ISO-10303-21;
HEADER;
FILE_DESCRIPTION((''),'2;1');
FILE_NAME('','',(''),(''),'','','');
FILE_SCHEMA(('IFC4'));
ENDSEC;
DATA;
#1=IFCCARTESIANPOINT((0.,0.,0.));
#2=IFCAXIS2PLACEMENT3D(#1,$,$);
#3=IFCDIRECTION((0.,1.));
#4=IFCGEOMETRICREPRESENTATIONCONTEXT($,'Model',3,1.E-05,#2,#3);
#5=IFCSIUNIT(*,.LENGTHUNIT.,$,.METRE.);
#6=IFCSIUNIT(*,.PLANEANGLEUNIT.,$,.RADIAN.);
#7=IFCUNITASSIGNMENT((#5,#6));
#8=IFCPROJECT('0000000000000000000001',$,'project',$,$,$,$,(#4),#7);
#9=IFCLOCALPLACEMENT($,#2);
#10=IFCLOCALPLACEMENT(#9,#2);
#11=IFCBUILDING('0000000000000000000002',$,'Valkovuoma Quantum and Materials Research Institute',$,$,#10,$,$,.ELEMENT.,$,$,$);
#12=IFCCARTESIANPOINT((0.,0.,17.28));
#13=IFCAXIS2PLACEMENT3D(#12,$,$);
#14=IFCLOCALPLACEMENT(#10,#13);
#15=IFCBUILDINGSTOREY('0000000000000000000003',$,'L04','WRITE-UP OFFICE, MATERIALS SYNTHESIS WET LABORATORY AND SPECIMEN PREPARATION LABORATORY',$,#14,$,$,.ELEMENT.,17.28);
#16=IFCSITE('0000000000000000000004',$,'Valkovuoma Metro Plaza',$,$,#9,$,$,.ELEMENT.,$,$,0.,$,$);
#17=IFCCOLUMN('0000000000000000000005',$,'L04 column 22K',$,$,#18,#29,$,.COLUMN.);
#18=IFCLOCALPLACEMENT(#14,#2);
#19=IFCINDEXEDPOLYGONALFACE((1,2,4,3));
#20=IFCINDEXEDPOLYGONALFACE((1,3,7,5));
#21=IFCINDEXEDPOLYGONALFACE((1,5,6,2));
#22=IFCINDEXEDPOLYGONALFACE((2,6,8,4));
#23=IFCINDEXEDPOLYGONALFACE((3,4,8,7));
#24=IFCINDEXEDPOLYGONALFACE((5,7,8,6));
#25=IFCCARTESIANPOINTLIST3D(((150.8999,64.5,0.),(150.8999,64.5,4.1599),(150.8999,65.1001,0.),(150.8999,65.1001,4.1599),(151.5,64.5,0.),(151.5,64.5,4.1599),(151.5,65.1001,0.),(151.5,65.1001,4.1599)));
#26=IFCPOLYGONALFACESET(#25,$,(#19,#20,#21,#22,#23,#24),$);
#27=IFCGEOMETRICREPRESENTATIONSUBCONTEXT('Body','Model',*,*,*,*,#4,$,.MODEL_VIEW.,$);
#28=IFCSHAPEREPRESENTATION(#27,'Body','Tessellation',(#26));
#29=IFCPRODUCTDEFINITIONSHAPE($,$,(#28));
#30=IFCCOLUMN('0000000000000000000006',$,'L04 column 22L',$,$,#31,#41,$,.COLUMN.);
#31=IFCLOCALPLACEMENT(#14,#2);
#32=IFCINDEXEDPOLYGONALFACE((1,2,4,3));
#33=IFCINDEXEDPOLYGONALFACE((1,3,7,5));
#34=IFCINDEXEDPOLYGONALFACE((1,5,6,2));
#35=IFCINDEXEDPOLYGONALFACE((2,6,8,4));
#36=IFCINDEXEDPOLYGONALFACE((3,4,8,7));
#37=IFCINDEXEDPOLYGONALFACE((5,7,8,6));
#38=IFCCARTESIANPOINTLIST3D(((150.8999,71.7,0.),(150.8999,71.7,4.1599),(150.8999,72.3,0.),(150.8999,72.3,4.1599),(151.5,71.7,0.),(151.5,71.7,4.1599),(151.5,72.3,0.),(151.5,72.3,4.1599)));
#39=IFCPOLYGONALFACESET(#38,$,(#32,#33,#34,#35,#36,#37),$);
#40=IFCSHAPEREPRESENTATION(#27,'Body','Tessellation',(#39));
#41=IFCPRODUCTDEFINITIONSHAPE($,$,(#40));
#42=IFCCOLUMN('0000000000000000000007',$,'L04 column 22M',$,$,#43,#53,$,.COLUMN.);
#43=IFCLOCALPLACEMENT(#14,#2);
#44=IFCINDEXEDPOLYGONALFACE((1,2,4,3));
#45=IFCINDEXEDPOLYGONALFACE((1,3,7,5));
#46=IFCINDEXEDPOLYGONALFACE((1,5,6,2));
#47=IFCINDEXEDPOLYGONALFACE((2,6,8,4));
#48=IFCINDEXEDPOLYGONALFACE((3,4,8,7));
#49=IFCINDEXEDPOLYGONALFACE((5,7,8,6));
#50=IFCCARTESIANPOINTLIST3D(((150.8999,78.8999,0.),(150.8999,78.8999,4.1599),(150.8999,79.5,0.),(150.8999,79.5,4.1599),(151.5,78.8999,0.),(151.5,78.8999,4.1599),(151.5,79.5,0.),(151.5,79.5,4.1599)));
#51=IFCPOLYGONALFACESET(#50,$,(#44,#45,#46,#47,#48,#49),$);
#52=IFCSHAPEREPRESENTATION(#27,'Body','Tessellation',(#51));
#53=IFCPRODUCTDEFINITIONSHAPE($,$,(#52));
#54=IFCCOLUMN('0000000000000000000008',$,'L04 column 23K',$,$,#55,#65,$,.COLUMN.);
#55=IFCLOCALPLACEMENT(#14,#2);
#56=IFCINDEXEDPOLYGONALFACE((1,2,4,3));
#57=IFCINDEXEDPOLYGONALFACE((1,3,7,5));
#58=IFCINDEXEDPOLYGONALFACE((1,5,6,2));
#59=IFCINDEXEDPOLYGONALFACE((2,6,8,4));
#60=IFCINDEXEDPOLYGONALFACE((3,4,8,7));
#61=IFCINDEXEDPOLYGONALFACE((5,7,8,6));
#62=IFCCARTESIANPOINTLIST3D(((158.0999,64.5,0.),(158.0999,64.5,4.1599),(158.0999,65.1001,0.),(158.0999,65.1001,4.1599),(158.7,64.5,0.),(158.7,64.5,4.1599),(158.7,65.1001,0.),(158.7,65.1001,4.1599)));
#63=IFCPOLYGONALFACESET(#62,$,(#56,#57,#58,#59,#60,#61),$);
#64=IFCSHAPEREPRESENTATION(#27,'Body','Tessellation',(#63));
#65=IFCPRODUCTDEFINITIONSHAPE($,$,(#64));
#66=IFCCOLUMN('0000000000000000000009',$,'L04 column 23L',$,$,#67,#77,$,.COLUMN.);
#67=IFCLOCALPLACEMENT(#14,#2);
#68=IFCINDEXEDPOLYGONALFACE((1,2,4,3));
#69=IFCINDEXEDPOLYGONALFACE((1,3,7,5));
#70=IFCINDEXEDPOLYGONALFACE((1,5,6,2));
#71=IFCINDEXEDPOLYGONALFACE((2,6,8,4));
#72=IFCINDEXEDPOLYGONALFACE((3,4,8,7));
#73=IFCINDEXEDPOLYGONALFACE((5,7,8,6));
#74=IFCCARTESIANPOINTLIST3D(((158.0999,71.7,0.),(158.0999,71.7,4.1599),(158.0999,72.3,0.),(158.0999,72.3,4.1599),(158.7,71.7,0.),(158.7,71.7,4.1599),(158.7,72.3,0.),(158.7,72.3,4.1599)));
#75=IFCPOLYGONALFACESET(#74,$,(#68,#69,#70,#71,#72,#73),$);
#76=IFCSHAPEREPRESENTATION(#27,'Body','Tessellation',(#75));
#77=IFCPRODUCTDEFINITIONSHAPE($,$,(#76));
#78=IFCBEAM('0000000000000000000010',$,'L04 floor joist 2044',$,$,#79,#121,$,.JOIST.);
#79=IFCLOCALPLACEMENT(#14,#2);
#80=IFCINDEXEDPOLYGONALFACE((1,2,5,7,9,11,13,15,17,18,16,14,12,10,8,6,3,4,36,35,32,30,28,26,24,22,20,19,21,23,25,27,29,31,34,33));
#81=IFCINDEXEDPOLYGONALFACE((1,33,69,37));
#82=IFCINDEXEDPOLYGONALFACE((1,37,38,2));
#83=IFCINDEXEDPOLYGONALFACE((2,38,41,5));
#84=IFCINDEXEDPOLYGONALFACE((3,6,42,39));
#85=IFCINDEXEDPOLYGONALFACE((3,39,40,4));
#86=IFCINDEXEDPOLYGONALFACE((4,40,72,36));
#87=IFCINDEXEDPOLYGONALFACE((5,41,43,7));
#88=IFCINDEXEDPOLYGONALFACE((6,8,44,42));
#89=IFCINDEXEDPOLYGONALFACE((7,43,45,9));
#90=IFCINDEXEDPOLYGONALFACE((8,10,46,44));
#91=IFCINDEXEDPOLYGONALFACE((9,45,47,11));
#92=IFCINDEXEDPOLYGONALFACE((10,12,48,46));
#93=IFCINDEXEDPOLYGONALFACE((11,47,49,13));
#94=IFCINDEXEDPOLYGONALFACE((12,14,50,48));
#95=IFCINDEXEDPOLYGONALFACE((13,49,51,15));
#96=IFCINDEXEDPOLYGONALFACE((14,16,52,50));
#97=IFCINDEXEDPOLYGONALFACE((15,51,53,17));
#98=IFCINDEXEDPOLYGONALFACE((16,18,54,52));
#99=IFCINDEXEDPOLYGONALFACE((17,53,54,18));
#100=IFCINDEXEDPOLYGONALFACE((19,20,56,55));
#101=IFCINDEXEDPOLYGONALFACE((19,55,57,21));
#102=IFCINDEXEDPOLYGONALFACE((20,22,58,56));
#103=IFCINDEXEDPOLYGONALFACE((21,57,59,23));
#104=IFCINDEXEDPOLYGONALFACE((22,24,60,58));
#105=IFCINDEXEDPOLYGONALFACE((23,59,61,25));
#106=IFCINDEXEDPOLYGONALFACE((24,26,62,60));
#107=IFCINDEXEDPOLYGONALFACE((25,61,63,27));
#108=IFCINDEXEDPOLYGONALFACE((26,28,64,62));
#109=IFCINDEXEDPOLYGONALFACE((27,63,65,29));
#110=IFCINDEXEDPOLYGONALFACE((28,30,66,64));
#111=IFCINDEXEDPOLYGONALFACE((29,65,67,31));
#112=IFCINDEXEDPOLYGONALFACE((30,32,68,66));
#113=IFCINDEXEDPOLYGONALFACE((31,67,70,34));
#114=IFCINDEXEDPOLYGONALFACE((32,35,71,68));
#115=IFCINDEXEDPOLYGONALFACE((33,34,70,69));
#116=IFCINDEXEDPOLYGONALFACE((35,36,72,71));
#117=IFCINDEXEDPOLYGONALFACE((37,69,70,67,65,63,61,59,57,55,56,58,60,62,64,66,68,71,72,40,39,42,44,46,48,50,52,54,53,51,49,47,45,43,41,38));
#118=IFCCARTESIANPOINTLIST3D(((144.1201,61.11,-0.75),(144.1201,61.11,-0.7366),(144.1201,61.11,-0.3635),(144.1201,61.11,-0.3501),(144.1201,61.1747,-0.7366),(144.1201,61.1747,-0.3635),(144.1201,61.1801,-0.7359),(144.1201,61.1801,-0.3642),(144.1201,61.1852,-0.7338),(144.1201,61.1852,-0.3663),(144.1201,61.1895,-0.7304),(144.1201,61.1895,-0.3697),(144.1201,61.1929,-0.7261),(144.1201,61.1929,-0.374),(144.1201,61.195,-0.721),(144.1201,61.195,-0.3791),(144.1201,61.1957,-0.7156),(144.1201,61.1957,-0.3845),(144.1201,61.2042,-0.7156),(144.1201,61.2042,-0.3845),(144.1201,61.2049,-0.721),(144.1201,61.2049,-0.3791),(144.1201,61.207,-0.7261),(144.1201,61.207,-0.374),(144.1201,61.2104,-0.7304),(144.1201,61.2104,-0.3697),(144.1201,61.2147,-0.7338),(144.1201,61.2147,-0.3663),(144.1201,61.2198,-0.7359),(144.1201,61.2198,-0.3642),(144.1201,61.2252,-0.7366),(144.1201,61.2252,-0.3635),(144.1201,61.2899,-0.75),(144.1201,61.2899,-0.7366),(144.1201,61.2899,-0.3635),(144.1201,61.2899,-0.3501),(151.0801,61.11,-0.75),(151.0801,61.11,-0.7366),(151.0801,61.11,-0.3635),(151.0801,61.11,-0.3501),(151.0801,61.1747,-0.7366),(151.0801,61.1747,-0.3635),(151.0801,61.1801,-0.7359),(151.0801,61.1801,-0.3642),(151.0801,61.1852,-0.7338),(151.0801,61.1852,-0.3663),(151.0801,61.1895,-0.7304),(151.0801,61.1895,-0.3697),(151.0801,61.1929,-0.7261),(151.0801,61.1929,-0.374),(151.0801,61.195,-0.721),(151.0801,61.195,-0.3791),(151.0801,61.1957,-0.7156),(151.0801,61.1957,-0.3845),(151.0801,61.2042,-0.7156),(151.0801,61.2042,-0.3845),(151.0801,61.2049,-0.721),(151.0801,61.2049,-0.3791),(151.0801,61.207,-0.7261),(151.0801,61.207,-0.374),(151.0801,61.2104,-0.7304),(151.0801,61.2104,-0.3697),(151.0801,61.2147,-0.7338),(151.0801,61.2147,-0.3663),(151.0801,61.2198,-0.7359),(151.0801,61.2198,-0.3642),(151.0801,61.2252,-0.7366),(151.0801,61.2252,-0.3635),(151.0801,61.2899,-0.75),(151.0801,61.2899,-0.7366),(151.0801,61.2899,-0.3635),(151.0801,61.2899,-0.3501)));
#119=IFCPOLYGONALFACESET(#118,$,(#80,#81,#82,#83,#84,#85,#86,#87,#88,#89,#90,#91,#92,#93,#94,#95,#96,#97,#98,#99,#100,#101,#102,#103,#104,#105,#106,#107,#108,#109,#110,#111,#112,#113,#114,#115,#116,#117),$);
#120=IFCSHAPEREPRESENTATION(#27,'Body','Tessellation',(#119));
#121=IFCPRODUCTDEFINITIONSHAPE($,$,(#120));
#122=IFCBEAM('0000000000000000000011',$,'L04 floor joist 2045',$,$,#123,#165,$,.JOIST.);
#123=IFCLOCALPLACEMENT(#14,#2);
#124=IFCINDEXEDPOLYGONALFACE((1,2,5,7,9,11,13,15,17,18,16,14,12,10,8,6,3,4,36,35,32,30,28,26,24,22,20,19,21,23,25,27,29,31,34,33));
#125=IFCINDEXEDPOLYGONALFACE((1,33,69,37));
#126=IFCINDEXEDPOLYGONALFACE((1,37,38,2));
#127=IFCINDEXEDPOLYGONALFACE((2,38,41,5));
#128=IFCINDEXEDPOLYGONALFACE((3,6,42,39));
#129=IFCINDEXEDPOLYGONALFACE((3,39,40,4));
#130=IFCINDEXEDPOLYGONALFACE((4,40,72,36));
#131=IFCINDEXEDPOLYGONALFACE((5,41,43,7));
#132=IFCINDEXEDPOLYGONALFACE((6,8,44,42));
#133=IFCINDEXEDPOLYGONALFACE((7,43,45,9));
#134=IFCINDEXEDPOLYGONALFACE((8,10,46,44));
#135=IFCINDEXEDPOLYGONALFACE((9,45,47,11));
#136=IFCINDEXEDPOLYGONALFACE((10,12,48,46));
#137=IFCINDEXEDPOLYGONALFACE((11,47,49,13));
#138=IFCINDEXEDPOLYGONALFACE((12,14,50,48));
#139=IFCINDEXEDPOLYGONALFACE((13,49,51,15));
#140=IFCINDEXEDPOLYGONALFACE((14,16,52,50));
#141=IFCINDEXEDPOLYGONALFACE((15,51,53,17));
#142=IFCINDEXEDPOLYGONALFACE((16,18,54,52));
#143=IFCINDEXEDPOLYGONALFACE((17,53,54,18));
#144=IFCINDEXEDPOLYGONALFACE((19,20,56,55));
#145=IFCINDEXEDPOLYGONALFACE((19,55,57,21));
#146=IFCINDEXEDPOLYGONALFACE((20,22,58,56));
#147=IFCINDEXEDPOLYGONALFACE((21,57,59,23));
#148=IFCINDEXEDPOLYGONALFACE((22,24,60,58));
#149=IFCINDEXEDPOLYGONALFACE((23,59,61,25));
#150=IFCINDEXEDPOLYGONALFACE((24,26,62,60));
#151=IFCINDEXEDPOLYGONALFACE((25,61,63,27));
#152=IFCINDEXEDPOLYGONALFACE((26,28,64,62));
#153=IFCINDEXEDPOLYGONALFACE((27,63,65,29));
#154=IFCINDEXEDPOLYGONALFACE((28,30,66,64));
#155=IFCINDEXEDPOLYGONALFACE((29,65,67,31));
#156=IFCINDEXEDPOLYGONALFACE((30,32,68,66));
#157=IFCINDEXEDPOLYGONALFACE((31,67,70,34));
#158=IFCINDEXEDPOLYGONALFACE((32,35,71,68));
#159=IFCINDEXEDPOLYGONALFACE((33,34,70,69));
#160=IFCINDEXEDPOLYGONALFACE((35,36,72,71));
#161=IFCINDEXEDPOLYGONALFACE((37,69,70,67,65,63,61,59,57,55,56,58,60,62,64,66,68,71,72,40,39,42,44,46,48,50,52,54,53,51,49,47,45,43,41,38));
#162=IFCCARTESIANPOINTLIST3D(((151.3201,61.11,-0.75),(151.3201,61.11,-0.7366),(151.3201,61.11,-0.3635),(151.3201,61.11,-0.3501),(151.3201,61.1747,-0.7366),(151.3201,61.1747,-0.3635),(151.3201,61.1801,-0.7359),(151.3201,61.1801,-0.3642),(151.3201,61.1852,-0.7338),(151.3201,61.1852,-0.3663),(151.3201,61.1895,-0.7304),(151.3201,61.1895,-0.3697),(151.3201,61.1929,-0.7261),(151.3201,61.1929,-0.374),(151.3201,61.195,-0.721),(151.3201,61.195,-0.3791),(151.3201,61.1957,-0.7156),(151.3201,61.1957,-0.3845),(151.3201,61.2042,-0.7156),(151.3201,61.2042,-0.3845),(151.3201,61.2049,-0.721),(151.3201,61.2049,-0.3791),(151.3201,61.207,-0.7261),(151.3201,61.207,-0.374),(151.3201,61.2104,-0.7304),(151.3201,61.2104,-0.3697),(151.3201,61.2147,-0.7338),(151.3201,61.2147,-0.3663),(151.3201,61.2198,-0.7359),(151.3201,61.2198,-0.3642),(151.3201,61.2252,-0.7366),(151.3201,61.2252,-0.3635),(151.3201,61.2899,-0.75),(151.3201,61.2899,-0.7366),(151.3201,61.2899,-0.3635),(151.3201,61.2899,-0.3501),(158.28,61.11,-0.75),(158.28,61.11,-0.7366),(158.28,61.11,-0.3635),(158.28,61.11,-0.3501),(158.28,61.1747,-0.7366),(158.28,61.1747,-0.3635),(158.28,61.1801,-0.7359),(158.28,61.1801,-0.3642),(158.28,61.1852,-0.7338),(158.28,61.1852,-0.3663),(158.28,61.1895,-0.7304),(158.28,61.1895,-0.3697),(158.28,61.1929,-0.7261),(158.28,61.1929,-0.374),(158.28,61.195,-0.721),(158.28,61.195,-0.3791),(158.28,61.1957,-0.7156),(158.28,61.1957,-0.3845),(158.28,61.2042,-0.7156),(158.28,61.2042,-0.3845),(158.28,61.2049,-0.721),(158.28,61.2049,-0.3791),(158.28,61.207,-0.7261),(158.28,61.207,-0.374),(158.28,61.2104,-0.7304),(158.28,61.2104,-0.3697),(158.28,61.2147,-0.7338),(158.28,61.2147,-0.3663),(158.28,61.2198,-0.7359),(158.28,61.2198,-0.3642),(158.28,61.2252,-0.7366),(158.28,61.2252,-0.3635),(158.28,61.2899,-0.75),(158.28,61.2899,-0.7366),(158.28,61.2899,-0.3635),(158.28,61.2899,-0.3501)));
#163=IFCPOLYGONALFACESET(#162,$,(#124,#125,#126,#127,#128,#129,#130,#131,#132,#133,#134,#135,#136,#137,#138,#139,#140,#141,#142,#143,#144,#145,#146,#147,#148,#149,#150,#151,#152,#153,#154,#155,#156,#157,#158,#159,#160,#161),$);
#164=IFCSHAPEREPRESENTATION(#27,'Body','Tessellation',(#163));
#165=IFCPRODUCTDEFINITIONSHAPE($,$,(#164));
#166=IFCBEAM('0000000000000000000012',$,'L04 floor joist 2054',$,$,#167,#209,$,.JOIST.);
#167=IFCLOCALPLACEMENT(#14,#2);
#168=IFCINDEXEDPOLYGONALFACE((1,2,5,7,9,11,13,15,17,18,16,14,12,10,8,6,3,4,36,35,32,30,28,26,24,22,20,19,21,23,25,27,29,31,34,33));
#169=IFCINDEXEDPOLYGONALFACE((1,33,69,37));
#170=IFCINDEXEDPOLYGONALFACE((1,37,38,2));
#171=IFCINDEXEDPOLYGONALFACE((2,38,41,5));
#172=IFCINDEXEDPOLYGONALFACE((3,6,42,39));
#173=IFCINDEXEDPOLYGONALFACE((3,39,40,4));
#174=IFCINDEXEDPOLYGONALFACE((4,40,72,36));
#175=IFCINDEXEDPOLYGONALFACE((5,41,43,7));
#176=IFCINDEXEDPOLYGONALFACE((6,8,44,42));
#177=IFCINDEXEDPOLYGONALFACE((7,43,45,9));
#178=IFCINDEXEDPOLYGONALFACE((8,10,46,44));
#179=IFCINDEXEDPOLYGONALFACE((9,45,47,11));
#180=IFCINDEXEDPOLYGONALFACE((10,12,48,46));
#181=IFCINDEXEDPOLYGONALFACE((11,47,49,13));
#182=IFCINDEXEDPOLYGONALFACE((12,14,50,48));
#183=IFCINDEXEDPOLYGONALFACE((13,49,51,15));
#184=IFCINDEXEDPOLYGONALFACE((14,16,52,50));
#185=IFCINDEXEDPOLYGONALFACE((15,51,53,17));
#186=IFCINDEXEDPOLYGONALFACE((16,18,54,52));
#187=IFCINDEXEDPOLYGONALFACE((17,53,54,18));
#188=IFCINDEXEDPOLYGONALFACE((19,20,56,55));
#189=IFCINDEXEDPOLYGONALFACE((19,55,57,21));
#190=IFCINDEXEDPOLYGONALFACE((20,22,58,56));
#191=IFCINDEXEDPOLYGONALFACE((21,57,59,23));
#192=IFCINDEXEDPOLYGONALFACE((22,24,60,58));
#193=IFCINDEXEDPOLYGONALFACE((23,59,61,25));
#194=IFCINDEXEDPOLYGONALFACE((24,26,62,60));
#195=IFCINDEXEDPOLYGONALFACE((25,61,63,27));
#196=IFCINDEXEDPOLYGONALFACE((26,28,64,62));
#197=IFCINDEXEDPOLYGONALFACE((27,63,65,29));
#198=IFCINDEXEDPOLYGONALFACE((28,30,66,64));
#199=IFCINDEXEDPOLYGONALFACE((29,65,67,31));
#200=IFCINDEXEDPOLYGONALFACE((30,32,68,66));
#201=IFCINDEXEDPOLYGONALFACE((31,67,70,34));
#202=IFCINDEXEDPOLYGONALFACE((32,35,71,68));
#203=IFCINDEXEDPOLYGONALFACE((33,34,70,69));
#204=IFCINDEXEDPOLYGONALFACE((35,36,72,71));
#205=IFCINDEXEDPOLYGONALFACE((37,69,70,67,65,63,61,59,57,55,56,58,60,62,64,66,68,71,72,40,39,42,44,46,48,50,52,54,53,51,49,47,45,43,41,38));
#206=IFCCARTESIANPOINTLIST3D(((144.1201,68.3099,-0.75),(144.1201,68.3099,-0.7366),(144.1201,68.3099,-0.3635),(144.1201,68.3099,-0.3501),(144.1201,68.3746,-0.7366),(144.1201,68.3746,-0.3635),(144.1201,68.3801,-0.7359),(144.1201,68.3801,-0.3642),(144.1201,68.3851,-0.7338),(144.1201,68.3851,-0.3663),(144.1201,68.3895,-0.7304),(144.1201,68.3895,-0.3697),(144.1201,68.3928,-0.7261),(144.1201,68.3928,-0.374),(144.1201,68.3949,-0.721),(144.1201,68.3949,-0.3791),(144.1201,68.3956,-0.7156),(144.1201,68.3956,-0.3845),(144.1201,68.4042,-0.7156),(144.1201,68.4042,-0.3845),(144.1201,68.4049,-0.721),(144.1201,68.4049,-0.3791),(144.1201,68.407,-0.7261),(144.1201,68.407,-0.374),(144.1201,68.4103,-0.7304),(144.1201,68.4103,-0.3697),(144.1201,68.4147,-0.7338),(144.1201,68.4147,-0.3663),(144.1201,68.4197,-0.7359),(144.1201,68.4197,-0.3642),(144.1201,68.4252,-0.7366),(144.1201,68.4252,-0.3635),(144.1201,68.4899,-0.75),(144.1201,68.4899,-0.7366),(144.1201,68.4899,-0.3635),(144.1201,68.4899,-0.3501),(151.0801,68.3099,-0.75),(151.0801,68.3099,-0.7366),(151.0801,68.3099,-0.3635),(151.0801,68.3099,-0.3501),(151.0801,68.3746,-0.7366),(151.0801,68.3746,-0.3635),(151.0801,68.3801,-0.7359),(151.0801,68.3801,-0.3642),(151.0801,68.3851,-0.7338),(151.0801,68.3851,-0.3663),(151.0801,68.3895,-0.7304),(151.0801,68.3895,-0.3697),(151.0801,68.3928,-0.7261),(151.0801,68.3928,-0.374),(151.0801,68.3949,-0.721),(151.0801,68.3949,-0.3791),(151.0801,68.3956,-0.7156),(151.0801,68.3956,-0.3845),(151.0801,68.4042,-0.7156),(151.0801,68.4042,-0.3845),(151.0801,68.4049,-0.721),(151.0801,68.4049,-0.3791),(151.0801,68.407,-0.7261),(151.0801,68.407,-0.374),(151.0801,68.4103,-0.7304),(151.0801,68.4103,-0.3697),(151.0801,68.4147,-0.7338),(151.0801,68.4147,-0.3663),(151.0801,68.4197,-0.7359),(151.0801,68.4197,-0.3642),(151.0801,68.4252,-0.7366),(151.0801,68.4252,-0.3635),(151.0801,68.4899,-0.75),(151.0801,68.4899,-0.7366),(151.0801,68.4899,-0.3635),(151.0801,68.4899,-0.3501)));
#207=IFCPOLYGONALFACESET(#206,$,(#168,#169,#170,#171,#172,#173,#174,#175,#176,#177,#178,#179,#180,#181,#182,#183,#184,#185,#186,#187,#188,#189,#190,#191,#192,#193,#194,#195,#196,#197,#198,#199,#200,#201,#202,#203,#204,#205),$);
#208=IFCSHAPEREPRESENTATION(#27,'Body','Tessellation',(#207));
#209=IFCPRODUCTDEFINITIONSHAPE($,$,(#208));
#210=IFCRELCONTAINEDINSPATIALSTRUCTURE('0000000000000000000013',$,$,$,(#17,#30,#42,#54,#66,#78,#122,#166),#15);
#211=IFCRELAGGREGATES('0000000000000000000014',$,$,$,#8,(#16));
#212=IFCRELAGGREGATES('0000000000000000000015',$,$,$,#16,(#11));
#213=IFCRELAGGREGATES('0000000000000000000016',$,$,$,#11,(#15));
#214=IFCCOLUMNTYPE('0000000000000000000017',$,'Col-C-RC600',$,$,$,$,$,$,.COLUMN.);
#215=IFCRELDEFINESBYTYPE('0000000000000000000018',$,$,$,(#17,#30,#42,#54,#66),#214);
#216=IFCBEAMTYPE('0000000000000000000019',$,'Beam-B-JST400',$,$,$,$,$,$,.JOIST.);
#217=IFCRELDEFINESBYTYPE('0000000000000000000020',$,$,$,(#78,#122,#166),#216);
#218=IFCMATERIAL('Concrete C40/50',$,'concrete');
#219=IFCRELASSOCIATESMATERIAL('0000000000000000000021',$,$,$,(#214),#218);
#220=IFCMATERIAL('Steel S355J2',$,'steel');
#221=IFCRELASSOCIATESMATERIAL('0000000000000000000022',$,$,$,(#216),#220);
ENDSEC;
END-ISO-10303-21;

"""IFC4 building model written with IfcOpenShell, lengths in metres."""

from ifc_helpers import new_model, si_unit, direction, frame, origin, origin_2d, place, context, subcontext, project, spatial, rectangle, i_section, extrude, material, material_profile, profile_set, type_object, element, save


model = new_model("IFC4")

# Units and contexts
model_context = context("Model", 3, precision=1e-05, world=origin(), true_north=direction((0.0, 1.0)))
body_context = subcontext(model_context, "Body", "Model", "MODEL_VIEW")
ifc_project = project(units=[si_unit("LENGTHUNIT", "METRE"), si_unit("PLANEANGLEUNIT", "RADIAN")], contexts=[model_context])

# Site, building, storey
site_placement = place(None, origin())
site = spatial("IfcSite", under=ifc_project, at=site_placement, Name="Valkovuoma Metro Plaza", CompositionType="ELEMENT", RefElevation=0.0)
building_placement = place(site_placement, origin())
building = spatial("IfcBuilding", under=site, at=building_placement, Name="Valkovuoma Quantum and Materials Research Institute", CompositionType="ELEMENT")
storey_placement = place(building_placement, frame((0.0, 0.0, 17.28)))
storey = spatial("IfcBuildingStorey", under=building, at=storey_placement, Name="L04", Description="WRITE-UP OFFICE, MATERIALS SYNTHESIS WET LABORATORY AND SPECIMEN PREPARATION LABORATORY", CompositionType="ELEMENT", Elevation=17.28)

# Columns
ifc_material_1 = material(Name="Concrete C40/50", Category="concrete")
ifc_material_profile_1 = material_profile(ifc_material_1, rectangle(XDim=0.6001, YDim=0.6001, at=origin_2d()), Name="Concrete C40/50")
ifc_profile_set_1 = profile_set([ifc_material_profile_1], Name="Concrete C40/50")
column_type = type_object("IfcColumnType", Name="Col-C-RC600", PredefinedType="COLUMN", material=ifc_profile_set_1)
for number, where, z_axis, x_axis, name in (
    (1, (151.2, 64.8, 0.0), (0.0, 0.0, 1.0), (1.0, 0.0, 0.0), "L04 column 22K"),
    (2, (151.2, 72.0, 0.0), (0.0, 0.0, 1.0), (1.0, 0.0, 0.0), "L04 column 22L"),
    (3, (151.2, 79.2, 0.0), (0.0, 0.0, 1.0), (1.0, 0.0, 0.0), "L04 column 22M"),
    (4, (158.3999, 64.8, 0.0), (0.0, 0.0, 1.0), (1.0, 0.0, 0.0), "L04 column 23K"),
    (5, (158.3999, 72.0, 0.0), (0.0, 0.0, 1.0), (1.0, 0.0, 0.0), "L04 column 23L"),
):
    element("IfcColumn", number, at=place(storey_placement, frame(where, z_axis=z_axis, x_axis=x_axis)), inside=storey, type_object=column_type, Name=name, PredefinedType="COLUMN", context=body_context, shape_type="SweptSolid", body=[
        extrude(rectangle(XDim=0.6001, YDim=0.6001, at=origin_2d()), origin(), (0.0, 0.0, 1.0), 4.1599),
    ])

# Beams
ifc_material_2 = material(Name="Steel S355J2", Category="steel")
ifc_material_profile_2 = material_profile(ifc_material_2, i_section(OverallWidth=0.1799, OverallDepth=0.3999, WebThickness=0.0085, FlangeThickness=0.0134, FilletRadius=0.021, at=origin_2d()), Name="Steel S355J2")
ifc_profile_set_2 = profile_set([ifc_material_profile_2], Name="Steel S355J2")
beam_type_1 = type_object("IfcBeamType", Name="Beam-B-JST400", PredefinedType="JOIST", material=ifc_profile_set_2)
for number, where, z_axis, x_axis, name in (
    (6, (144.1201, 61.2, -0.55), (1.0, 0.0, 0.0), (0.0, 1.0, 0.0), "L04 floor joist 2044"),
    (7, (151.3201, 61.2, -0.55), (1.0, 0.0, 0.0), (0.0, 1.0, 0.0), "L04 floor joist 2045"),
    (8, (144.1201, 68.3999, -0.55), (1.0, 0.0, 0.0), (0.0, 1.0, 0.0), "L04 floor joist 2054"),
):
    element("IfcBeam", number, at=place(storey_placement, frame(where, z_axis=z_axis, x_axis=x_axis)), inside=storey, type_object=beam_type_1, Name=name, PredefinedType="JOIST", context=body_context, shape_type="SweptSolid", body=[
        extrude(i_section(OverallWidth=0.1799, OverallDepth=0.3999, WebThickness=0.0085, FlangeThickness=0.0134, FilletRadius=0.021, at=origin_2d()), origin(), (0.0, 0.0, 1.0), 6.96),
    ])

save(model, "model.ifc")
